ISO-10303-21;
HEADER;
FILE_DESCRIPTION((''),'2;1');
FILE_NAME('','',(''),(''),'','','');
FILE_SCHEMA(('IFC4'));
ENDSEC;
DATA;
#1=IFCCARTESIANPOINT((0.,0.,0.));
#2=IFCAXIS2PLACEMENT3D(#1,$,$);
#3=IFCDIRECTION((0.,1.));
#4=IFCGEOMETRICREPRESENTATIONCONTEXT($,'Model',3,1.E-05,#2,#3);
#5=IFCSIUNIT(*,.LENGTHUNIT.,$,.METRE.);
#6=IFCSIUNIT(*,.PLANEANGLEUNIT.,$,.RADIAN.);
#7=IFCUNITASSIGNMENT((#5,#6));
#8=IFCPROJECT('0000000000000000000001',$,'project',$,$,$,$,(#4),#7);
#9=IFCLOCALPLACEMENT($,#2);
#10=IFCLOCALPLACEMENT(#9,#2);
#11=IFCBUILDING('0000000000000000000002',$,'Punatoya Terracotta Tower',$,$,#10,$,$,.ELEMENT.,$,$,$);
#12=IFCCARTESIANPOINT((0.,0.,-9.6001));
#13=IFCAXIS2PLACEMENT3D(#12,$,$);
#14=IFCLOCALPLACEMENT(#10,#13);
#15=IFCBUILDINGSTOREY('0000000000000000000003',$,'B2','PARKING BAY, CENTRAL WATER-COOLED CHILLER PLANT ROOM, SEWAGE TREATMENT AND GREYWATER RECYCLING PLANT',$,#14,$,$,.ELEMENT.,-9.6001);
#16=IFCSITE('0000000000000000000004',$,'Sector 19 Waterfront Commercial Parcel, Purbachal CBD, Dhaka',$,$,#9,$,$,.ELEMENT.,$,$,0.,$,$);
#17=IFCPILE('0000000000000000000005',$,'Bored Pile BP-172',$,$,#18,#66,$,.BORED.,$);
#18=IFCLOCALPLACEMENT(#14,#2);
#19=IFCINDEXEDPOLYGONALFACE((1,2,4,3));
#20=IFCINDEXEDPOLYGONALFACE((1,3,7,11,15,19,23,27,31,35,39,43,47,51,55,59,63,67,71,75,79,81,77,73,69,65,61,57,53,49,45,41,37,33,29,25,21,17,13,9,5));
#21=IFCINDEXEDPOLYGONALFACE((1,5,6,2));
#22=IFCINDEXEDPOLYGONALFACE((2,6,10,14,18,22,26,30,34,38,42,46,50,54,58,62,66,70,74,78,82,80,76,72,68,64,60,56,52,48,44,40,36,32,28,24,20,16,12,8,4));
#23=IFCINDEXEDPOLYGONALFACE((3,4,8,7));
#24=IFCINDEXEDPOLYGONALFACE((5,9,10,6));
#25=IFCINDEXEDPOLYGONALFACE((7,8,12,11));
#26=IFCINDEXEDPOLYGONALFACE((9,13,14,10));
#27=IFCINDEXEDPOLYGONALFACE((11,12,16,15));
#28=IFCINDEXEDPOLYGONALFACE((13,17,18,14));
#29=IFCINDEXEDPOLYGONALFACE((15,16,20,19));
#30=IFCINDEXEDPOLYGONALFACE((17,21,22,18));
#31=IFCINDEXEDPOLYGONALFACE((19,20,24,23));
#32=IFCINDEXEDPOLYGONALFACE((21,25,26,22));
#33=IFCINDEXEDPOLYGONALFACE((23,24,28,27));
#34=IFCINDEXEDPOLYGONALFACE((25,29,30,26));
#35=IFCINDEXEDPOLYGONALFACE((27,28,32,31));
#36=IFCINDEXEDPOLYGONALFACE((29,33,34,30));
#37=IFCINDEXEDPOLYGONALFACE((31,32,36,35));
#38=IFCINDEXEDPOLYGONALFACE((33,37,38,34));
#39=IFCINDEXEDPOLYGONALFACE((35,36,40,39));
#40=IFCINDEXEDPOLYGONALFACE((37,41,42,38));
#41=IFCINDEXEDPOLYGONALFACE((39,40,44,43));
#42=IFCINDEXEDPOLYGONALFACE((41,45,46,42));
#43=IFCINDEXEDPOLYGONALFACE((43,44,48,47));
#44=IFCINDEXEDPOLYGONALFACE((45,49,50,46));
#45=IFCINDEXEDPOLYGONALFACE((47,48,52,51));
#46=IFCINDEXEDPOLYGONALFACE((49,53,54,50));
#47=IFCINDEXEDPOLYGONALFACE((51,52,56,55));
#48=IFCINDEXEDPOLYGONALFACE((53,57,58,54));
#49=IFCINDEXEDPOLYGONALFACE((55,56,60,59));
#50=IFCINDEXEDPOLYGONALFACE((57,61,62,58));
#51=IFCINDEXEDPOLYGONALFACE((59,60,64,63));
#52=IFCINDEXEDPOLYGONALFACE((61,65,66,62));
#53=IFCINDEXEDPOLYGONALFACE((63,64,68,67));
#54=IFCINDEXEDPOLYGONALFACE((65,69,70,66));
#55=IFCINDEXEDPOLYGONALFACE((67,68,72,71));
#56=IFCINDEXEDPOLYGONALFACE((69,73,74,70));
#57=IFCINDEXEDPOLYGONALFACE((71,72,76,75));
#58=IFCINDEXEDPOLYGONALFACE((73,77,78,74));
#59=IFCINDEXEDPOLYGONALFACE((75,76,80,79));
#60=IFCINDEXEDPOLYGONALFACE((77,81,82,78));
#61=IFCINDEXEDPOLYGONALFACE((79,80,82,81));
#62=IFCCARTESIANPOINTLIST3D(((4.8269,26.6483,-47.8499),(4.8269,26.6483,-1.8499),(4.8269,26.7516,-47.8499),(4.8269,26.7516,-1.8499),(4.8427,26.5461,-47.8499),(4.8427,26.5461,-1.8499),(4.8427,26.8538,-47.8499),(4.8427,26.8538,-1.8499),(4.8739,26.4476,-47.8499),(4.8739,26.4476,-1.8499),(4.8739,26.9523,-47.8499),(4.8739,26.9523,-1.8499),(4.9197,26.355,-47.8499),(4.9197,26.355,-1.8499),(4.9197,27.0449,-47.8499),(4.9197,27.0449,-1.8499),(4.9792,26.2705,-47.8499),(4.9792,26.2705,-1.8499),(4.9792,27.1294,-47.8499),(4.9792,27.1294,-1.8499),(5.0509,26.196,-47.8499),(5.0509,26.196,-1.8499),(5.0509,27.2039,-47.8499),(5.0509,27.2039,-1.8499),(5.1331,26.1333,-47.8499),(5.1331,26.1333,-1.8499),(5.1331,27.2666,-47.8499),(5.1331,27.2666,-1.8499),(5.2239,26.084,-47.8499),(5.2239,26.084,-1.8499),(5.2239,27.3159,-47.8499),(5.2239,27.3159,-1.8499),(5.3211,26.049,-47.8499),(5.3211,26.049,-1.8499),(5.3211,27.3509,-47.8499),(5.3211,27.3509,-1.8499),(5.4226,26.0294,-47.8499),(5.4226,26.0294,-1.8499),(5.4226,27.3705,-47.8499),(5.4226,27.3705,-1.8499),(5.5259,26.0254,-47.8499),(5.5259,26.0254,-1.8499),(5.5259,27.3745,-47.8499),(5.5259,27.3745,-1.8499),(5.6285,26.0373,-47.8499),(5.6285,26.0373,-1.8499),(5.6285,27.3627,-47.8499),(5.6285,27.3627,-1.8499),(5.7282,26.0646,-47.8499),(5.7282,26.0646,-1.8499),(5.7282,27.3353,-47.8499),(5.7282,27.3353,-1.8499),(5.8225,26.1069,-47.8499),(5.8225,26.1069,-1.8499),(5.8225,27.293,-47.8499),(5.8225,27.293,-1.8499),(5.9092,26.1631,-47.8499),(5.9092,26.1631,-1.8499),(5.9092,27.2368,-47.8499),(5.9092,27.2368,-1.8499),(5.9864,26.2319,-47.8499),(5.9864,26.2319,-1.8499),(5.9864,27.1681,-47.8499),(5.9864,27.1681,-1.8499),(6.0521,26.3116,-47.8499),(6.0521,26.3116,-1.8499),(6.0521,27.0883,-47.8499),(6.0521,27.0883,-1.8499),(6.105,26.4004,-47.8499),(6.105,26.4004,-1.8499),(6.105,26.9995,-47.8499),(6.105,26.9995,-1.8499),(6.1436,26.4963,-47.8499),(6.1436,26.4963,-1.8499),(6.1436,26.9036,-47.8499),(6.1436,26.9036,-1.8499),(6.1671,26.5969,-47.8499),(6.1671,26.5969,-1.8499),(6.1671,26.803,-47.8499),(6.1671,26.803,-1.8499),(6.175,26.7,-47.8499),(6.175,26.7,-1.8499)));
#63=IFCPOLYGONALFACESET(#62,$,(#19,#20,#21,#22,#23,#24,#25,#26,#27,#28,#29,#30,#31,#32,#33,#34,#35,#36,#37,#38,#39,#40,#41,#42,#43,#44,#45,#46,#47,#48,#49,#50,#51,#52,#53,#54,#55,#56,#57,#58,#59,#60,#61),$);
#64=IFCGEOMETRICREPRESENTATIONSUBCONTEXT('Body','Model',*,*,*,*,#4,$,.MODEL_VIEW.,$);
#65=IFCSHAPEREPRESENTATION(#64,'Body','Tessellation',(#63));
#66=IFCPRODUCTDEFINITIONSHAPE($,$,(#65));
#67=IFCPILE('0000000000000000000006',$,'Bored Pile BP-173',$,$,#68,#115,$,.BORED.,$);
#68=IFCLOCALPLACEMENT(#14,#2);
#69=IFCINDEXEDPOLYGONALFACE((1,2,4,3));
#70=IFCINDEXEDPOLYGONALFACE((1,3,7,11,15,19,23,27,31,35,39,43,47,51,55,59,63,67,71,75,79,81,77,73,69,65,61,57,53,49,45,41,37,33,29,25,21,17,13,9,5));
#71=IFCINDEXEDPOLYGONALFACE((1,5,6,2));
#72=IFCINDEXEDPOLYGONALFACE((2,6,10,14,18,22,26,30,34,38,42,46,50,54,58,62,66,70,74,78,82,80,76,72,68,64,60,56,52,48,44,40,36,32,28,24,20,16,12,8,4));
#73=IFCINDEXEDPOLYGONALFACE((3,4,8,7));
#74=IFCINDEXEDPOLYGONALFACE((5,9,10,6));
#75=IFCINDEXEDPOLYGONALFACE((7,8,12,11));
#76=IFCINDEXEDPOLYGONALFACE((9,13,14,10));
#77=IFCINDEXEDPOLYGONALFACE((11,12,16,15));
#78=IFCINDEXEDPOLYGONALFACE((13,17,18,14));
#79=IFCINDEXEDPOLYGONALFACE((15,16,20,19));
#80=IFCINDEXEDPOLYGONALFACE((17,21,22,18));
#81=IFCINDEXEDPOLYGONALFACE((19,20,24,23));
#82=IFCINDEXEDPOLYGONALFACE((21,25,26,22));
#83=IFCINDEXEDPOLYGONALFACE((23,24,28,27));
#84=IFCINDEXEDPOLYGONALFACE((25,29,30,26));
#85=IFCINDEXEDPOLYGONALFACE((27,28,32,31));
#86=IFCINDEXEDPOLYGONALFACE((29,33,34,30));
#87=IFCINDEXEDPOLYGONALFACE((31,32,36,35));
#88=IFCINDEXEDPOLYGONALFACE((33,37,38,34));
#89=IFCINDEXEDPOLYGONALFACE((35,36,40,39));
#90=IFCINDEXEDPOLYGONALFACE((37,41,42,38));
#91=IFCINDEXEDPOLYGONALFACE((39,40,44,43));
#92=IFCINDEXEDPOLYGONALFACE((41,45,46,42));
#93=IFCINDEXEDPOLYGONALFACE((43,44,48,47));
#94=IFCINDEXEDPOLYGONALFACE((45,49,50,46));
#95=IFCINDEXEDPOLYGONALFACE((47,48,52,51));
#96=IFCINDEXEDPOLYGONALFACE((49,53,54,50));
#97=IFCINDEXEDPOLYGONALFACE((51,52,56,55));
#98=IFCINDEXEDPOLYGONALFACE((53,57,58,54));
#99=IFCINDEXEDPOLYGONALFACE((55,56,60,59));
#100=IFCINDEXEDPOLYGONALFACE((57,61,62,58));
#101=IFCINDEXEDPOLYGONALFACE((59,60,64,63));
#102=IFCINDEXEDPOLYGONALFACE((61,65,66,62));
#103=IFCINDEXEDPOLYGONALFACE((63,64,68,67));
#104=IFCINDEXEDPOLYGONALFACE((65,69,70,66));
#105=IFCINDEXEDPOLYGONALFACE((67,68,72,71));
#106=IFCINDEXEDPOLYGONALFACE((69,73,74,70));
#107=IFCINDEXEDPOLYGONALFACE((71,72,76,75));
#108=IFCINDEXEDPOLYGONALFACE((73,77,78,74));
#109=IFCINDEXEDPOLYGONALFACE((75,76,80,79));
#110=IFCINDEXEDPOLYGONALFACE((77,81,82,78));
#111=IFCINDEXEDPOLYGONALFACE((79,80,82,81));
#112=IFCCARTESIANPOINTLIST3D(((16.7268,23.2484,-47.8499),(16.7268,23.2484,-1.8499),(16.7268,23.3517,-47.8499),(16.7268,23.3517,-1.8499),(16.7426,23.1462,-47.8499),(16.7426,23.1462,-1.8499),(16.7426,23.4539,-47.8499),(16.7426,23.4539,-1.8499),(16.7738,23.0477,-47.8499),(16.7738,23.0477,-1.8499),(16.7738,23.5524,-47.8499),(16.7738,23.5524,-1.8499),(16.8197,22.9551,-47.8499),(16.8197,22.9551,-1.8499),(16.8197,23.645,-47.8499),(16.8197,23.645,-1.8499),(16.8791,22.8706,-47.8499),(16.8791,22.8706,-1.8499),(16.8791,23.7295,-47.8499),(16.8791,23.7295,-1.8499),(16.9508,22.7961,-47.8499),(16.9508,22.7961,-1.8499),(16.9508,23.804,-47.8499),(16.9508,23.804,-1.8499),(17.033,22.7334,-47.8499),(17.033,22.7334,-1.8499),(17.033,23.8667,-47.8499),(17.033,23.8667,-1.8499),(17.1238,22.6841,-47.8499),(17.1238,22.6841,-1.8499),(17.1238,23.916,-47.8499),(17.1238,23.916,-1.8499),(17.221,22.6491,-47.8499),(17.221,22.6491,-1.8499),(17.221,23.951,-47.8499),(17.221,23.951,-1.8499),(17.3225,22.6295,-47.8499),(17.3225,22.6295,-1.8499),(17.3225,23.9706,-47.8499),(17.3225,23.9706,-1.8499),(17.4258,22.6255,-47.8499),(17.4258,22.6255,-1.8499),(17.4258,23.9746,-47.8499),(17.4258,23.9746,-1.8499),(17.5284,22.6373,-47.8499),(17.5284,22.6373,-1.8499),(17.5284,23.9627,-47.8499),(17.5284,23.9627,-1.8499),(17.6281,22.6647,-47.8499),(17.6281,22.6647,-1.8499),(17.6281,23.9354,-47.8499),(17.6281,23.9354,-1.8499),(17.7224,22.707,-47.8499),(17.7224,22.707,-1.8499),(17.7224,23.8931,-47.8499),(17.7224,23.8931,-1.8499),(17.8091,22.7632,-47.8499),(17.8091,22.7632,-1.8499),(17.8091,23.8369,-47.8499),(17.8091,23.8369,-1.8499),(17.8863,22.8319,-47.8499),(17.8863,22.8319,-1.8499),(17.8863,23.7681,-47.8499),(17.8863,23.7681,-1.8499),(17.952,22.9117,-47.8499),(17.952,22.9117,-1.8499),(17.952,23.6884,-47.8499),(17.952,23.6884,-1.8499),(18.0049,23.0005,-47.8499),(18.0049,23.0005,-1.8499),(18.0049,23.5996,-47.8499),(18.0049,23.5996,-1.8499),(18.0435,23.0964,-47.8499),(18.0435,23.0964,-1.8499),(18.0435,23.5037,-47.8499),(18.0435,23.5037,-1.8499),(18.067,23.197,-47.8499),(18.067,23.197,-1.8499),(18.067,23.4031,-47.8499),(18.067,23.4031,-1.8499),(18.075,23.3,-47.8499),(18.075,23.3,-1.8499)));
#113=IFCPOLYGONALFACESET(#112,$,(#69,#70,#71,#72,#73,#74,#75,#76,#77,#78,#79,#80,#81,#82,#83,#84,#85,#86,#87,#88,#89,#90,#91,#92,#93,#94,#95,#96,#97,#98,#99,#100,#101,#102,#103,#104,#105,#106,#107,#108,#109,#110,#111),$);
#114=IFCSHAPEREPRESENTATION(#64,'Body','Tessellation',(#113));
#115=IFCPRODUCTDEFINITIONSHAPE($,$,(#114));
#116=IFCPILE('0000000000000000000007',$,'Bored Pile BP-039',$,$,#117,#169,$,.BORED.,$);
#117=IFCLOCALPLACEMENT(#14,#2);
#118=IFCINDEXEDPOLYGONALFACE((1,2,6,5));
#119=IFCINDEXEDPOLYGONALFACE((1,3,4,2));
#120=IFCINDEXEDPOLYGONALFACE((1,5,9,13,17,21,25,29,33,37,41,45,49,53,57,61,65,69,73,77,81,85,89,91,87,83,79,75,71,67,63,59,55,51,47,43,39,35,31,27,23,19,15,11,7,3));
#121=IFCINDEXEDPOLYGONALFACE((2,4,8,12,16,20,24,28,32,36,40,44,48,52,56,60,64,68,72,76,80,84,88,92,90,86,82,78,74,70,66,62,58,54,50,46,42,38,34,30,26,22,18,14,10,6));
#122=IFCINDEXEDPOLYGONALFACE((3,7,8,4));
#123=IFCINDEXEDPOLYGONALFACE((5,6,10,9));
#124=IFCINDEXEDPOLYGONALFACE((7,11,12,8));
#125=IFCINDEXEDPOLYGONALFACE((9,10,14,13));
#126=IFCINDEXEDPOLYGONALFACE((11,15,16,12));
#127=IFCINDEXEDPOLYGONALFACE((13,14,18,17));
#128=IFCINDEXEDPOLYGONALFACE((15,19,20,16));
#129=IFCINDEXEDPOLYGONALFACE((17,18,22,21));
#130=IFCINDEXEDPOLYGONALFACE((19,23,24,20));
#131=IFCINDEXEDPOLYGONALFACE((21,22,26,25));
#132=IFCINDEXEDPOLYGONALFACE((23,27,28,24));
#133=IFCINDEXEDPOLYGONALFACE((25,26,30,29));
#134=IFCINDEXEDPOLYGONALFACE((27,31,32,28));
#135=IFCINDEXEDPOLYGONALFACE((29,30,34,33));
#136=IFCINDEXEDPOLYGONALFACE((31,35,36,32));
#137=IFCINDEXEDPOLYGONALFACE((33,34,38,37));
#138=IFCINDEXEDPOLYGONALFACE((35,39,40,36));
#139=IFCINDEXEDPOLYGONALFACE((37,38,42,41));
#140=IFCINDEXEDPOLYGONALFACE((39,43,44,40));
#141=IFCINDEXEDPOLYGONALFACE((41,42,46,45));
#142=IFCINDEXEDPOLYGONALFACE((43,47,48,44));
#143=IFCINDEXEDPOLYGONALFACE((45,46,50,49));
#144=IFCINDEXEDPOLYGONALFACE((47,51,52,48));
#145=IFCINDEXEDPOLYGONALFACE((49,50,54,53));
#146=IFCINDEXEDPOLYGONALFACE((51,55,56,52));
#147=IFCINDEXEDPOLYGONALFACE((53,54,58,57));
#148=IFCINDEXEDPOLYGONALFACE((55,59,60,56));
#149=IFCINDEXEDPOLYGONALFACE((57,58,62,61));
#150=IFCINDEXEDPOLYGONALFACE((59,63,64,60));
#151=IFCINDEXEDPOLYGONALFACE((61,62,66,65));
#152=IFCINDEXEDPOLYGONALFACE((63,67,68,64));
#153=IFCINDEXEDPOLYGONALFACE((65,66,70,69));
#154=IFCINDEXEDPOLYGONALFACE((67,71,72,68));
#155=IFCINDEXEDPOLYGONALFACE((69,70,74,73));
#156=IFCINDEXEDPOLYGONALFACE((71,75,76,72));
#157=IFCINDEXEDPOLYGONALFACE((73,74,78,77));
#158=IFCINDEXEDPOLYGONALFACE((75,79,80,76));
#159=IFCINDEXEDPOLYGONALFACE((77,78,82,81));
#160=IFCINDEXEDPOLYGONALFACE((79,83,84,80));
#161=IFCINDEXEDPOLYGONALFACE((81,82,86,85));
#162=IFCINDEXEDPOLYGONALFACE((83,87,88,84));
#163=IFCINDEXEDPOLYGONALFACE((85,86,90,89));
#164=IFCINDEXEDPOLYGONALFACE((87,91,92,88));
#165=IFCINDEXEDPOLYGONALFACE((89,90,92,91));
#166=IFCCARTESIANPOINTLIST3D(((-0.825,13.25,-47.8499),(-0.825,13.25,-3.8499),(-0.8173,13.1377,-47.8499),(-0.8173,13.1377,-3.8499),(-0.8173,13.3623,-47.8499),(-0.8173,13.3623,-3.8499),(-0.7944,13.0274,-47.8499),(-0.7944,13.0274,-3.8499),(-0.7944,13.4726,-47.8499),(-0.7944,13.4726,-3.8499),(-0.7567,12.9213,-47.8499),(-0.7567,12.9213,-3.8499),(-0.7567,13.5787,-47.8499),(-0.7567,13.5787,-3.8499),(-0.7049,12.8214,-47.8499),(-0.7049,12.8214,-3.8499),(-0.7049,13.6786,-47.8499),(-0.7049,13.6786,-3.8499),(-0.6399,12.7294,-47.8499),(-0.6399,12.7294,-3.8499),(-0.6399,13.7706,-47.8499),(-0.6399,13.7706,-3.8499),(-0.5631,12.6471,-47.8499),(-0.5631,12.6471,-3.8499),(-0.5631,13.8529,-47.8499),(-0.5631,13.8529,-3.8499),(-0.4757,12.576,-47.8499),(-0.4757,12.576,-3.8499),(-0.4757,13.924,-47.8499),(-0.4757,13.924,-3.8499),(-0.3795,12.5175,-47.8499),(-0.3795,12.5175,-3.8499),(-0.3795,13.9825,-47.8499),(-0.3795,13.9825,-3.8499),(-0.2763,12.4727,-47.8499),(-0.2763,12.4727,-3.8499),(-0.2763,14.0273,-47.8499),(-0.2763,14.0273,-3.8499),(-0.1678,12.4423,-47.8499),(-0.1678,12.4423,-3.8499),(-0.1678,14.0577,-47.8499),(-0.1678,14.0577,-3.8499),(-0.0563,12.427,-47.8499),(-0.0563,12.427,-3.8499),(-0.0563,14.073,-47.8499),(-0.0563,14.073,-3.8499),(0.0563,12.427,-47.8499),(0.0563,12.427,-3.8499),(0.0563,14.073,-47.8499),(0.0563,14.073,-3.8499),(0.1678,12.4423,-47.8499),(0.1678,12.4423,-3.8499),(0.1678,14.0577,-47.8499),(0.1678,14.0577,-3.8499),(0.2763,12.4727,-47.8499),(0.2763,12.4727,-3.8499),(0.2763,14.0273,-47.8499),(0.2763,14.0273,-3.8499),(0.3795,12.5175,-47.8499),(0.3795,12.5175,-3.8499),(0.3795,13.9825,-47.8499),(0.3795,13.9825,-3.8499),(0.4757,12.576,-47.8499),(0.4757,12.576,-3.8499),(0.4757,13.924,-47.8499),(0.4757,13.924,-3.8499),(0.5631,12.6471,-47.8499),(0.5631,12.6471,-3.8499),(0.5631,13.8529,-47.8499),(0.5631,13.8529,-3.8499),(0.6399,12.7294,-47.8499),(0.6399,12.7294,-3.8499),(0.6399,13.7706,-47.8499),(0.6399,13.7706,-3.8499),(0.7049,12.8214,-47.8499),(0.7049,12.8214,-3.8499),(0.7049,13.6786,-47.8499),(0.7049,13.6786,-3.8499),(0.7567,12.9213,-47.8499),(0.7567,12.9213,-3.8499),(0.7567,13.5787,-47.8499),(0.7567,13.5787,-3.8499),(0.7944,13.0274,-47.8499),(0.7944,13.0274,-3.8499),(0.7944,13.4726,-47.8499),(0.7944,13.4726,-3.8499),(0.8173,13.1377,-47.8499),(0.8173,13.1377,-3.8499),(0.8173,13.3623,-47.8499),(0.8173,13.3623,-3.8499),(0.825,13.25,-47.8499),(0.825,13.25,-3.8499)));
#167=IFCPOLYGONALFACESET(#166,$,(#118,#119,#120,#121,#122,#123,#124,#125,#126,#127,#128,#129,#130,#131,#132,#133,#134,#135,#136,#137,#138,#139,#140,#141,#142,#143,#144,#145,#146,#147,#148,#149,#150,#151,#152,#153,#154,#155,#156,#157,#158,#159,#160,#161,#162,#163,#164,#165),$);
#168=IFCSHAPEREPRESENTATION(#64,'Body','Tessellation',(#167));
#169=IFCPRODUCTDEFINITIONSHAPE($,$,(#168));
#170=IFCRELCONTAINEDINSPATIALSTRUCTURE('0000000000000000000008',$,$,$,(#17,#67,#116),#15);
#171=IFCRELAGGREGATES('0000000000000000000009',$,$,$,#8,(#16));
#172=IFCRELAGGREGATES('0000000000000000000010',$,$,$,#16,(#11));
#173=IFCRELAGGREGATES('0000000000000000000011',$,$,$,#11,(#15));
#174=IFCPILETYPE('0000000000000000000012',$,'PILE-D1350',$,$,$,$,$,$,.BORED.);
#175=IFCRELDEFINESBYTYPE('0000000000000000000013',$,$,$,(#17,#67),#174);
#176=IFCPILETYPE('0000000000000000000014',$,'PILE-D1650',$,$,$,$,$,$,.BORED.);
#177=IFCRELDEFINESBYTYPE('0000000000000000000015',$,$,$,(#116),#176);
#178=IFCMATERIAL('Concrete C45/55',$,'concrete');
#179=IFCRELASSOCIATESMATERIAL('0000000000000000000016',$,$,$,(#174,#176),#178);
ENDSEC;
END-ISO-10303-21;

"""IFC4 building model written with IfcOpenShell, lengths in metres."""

from ifc_helpers import new_model, si_unit, direction, frame, origin, origin_2d, place, context, subcontext, project, spatial, circle, extrude, material, material_profile, profile_set, type_object, element, save


model = new_model("IFC4")

# Units and contexts
model_context = context("Model", 3, precision=1e-05, world=origin(), true_north=direction((0.0, 1.0)))
body_context = subcontext(model_context, "Body", "Model", "MODEL_VIEW")
ifc_project = project(units=[si_unit("LENGTHUNIT", "METRE"), si_unit("PLANEANGLEUNIT", "RADIAN")], contexts=[model_context])

# Site, building, storey
site_placement = place(None, origin())
site = spatial("IfcSite", under=ifc_project, at=site_placement, Name="Sector 19 Waterfront Commercial Parcel, Purbachal CBD, Dhaka", CompositionType="ELEMENT", RefElevation=0.0)
building_placement = place(site_placement, origin())
building = spatial("IfcBuilding", under=site, at=building_placement, Name="Punatoya Terracotta Tower", CompositionType="ELEMENT")
storey_placement = place(building_placement, frame((0.0, 0.0, -9.6001)))
storey = spatial("IfcBuildingStorey", under=building, at=storey_placement, Name="B2", Description="PARKING BAY, CENTRAL WATER-COOLED CHILLER PLANT ROOM, SEWAGE TREATMENT AND GREYWATER RECYCLING PLANT", CompositionType="ELEMENT", Elevation=-9.6001)

# Shared definitions
ifc_material_1 = material(Name="Concrete C45/55", Category="concrete")

# Piles
ifc_material_profile_1 = material_profile(ifc_material_1, circle(Radius=0.675, at=origin_2d()))
ifc_profile_set_1 = profile_set([ifc_material_profile_1], Name="Concrete C45/55")
pile_type_1 = type_object("IfcPileType", Name="PILE-D1350", PredefinedType="BORED", material=ifc_profile_set_1)
for number, where, z_axis, x_axis, name in (
    (1, (5.5, 26.7, -1.8499), (0.0, 0.0, -1.0), (1.0, 0.0, 0.0), "Bored Pile BP-172"),
    (2, (17.3999, 23.3, -1.8499), (0.0, 0.0, -1.0), (1.0, 0.0, 0.0), "Bored Pile BP-173"),
):
    element("IfcPile", number, at=place(storey_placement, frame(where, z_axis=z_axis, x_axis=x_axis)), inside=storey, type_object=pile_type_1, Name=name, PredefinedType="BORED", context=body_context, shape_type="SweptSolid", body=[
        extrude(circle(Radius=0.675, at=origin_2d()), origin(), (0.0, 0.0, 1.0), 46.0),
    ])
ifc_material_profile_2 = material_profile(ifc_material_1, circle(Radius=0.825, at=origin_2d()))
ifc_profile_set_2 = profile_set([ifc_material_profile_2], Name="Concrete C45/55")
pile_type_2 = type_object("IfcPileType", Name="PILE-D1650", PredefinedType="BORED", material=ifc_profile_set_2)
for number, where, z_axis, x_axis, name in (
    (3, (0.0, 13.25, -3.8499), (0.0, 0.0, -1.0), (1.0, 0.0, 0.0), "Bored Pile BP-039"),
):
    element("IfcPile", number, at=place(storey_placement, frame(where, z_axis=z_axis, x_axis=x_axis)), inside=storey, type_object=pile_type_2, Name=name, PredefinedType="BORED", context=body_context, shape_type="SweptSolid", body=[
        extrude(circle(Radius=0.825, at=origin_2d()), origin(), (0.0, 0.0, 1.0), 44.0),
    ])

save(model, "model.ifc")
